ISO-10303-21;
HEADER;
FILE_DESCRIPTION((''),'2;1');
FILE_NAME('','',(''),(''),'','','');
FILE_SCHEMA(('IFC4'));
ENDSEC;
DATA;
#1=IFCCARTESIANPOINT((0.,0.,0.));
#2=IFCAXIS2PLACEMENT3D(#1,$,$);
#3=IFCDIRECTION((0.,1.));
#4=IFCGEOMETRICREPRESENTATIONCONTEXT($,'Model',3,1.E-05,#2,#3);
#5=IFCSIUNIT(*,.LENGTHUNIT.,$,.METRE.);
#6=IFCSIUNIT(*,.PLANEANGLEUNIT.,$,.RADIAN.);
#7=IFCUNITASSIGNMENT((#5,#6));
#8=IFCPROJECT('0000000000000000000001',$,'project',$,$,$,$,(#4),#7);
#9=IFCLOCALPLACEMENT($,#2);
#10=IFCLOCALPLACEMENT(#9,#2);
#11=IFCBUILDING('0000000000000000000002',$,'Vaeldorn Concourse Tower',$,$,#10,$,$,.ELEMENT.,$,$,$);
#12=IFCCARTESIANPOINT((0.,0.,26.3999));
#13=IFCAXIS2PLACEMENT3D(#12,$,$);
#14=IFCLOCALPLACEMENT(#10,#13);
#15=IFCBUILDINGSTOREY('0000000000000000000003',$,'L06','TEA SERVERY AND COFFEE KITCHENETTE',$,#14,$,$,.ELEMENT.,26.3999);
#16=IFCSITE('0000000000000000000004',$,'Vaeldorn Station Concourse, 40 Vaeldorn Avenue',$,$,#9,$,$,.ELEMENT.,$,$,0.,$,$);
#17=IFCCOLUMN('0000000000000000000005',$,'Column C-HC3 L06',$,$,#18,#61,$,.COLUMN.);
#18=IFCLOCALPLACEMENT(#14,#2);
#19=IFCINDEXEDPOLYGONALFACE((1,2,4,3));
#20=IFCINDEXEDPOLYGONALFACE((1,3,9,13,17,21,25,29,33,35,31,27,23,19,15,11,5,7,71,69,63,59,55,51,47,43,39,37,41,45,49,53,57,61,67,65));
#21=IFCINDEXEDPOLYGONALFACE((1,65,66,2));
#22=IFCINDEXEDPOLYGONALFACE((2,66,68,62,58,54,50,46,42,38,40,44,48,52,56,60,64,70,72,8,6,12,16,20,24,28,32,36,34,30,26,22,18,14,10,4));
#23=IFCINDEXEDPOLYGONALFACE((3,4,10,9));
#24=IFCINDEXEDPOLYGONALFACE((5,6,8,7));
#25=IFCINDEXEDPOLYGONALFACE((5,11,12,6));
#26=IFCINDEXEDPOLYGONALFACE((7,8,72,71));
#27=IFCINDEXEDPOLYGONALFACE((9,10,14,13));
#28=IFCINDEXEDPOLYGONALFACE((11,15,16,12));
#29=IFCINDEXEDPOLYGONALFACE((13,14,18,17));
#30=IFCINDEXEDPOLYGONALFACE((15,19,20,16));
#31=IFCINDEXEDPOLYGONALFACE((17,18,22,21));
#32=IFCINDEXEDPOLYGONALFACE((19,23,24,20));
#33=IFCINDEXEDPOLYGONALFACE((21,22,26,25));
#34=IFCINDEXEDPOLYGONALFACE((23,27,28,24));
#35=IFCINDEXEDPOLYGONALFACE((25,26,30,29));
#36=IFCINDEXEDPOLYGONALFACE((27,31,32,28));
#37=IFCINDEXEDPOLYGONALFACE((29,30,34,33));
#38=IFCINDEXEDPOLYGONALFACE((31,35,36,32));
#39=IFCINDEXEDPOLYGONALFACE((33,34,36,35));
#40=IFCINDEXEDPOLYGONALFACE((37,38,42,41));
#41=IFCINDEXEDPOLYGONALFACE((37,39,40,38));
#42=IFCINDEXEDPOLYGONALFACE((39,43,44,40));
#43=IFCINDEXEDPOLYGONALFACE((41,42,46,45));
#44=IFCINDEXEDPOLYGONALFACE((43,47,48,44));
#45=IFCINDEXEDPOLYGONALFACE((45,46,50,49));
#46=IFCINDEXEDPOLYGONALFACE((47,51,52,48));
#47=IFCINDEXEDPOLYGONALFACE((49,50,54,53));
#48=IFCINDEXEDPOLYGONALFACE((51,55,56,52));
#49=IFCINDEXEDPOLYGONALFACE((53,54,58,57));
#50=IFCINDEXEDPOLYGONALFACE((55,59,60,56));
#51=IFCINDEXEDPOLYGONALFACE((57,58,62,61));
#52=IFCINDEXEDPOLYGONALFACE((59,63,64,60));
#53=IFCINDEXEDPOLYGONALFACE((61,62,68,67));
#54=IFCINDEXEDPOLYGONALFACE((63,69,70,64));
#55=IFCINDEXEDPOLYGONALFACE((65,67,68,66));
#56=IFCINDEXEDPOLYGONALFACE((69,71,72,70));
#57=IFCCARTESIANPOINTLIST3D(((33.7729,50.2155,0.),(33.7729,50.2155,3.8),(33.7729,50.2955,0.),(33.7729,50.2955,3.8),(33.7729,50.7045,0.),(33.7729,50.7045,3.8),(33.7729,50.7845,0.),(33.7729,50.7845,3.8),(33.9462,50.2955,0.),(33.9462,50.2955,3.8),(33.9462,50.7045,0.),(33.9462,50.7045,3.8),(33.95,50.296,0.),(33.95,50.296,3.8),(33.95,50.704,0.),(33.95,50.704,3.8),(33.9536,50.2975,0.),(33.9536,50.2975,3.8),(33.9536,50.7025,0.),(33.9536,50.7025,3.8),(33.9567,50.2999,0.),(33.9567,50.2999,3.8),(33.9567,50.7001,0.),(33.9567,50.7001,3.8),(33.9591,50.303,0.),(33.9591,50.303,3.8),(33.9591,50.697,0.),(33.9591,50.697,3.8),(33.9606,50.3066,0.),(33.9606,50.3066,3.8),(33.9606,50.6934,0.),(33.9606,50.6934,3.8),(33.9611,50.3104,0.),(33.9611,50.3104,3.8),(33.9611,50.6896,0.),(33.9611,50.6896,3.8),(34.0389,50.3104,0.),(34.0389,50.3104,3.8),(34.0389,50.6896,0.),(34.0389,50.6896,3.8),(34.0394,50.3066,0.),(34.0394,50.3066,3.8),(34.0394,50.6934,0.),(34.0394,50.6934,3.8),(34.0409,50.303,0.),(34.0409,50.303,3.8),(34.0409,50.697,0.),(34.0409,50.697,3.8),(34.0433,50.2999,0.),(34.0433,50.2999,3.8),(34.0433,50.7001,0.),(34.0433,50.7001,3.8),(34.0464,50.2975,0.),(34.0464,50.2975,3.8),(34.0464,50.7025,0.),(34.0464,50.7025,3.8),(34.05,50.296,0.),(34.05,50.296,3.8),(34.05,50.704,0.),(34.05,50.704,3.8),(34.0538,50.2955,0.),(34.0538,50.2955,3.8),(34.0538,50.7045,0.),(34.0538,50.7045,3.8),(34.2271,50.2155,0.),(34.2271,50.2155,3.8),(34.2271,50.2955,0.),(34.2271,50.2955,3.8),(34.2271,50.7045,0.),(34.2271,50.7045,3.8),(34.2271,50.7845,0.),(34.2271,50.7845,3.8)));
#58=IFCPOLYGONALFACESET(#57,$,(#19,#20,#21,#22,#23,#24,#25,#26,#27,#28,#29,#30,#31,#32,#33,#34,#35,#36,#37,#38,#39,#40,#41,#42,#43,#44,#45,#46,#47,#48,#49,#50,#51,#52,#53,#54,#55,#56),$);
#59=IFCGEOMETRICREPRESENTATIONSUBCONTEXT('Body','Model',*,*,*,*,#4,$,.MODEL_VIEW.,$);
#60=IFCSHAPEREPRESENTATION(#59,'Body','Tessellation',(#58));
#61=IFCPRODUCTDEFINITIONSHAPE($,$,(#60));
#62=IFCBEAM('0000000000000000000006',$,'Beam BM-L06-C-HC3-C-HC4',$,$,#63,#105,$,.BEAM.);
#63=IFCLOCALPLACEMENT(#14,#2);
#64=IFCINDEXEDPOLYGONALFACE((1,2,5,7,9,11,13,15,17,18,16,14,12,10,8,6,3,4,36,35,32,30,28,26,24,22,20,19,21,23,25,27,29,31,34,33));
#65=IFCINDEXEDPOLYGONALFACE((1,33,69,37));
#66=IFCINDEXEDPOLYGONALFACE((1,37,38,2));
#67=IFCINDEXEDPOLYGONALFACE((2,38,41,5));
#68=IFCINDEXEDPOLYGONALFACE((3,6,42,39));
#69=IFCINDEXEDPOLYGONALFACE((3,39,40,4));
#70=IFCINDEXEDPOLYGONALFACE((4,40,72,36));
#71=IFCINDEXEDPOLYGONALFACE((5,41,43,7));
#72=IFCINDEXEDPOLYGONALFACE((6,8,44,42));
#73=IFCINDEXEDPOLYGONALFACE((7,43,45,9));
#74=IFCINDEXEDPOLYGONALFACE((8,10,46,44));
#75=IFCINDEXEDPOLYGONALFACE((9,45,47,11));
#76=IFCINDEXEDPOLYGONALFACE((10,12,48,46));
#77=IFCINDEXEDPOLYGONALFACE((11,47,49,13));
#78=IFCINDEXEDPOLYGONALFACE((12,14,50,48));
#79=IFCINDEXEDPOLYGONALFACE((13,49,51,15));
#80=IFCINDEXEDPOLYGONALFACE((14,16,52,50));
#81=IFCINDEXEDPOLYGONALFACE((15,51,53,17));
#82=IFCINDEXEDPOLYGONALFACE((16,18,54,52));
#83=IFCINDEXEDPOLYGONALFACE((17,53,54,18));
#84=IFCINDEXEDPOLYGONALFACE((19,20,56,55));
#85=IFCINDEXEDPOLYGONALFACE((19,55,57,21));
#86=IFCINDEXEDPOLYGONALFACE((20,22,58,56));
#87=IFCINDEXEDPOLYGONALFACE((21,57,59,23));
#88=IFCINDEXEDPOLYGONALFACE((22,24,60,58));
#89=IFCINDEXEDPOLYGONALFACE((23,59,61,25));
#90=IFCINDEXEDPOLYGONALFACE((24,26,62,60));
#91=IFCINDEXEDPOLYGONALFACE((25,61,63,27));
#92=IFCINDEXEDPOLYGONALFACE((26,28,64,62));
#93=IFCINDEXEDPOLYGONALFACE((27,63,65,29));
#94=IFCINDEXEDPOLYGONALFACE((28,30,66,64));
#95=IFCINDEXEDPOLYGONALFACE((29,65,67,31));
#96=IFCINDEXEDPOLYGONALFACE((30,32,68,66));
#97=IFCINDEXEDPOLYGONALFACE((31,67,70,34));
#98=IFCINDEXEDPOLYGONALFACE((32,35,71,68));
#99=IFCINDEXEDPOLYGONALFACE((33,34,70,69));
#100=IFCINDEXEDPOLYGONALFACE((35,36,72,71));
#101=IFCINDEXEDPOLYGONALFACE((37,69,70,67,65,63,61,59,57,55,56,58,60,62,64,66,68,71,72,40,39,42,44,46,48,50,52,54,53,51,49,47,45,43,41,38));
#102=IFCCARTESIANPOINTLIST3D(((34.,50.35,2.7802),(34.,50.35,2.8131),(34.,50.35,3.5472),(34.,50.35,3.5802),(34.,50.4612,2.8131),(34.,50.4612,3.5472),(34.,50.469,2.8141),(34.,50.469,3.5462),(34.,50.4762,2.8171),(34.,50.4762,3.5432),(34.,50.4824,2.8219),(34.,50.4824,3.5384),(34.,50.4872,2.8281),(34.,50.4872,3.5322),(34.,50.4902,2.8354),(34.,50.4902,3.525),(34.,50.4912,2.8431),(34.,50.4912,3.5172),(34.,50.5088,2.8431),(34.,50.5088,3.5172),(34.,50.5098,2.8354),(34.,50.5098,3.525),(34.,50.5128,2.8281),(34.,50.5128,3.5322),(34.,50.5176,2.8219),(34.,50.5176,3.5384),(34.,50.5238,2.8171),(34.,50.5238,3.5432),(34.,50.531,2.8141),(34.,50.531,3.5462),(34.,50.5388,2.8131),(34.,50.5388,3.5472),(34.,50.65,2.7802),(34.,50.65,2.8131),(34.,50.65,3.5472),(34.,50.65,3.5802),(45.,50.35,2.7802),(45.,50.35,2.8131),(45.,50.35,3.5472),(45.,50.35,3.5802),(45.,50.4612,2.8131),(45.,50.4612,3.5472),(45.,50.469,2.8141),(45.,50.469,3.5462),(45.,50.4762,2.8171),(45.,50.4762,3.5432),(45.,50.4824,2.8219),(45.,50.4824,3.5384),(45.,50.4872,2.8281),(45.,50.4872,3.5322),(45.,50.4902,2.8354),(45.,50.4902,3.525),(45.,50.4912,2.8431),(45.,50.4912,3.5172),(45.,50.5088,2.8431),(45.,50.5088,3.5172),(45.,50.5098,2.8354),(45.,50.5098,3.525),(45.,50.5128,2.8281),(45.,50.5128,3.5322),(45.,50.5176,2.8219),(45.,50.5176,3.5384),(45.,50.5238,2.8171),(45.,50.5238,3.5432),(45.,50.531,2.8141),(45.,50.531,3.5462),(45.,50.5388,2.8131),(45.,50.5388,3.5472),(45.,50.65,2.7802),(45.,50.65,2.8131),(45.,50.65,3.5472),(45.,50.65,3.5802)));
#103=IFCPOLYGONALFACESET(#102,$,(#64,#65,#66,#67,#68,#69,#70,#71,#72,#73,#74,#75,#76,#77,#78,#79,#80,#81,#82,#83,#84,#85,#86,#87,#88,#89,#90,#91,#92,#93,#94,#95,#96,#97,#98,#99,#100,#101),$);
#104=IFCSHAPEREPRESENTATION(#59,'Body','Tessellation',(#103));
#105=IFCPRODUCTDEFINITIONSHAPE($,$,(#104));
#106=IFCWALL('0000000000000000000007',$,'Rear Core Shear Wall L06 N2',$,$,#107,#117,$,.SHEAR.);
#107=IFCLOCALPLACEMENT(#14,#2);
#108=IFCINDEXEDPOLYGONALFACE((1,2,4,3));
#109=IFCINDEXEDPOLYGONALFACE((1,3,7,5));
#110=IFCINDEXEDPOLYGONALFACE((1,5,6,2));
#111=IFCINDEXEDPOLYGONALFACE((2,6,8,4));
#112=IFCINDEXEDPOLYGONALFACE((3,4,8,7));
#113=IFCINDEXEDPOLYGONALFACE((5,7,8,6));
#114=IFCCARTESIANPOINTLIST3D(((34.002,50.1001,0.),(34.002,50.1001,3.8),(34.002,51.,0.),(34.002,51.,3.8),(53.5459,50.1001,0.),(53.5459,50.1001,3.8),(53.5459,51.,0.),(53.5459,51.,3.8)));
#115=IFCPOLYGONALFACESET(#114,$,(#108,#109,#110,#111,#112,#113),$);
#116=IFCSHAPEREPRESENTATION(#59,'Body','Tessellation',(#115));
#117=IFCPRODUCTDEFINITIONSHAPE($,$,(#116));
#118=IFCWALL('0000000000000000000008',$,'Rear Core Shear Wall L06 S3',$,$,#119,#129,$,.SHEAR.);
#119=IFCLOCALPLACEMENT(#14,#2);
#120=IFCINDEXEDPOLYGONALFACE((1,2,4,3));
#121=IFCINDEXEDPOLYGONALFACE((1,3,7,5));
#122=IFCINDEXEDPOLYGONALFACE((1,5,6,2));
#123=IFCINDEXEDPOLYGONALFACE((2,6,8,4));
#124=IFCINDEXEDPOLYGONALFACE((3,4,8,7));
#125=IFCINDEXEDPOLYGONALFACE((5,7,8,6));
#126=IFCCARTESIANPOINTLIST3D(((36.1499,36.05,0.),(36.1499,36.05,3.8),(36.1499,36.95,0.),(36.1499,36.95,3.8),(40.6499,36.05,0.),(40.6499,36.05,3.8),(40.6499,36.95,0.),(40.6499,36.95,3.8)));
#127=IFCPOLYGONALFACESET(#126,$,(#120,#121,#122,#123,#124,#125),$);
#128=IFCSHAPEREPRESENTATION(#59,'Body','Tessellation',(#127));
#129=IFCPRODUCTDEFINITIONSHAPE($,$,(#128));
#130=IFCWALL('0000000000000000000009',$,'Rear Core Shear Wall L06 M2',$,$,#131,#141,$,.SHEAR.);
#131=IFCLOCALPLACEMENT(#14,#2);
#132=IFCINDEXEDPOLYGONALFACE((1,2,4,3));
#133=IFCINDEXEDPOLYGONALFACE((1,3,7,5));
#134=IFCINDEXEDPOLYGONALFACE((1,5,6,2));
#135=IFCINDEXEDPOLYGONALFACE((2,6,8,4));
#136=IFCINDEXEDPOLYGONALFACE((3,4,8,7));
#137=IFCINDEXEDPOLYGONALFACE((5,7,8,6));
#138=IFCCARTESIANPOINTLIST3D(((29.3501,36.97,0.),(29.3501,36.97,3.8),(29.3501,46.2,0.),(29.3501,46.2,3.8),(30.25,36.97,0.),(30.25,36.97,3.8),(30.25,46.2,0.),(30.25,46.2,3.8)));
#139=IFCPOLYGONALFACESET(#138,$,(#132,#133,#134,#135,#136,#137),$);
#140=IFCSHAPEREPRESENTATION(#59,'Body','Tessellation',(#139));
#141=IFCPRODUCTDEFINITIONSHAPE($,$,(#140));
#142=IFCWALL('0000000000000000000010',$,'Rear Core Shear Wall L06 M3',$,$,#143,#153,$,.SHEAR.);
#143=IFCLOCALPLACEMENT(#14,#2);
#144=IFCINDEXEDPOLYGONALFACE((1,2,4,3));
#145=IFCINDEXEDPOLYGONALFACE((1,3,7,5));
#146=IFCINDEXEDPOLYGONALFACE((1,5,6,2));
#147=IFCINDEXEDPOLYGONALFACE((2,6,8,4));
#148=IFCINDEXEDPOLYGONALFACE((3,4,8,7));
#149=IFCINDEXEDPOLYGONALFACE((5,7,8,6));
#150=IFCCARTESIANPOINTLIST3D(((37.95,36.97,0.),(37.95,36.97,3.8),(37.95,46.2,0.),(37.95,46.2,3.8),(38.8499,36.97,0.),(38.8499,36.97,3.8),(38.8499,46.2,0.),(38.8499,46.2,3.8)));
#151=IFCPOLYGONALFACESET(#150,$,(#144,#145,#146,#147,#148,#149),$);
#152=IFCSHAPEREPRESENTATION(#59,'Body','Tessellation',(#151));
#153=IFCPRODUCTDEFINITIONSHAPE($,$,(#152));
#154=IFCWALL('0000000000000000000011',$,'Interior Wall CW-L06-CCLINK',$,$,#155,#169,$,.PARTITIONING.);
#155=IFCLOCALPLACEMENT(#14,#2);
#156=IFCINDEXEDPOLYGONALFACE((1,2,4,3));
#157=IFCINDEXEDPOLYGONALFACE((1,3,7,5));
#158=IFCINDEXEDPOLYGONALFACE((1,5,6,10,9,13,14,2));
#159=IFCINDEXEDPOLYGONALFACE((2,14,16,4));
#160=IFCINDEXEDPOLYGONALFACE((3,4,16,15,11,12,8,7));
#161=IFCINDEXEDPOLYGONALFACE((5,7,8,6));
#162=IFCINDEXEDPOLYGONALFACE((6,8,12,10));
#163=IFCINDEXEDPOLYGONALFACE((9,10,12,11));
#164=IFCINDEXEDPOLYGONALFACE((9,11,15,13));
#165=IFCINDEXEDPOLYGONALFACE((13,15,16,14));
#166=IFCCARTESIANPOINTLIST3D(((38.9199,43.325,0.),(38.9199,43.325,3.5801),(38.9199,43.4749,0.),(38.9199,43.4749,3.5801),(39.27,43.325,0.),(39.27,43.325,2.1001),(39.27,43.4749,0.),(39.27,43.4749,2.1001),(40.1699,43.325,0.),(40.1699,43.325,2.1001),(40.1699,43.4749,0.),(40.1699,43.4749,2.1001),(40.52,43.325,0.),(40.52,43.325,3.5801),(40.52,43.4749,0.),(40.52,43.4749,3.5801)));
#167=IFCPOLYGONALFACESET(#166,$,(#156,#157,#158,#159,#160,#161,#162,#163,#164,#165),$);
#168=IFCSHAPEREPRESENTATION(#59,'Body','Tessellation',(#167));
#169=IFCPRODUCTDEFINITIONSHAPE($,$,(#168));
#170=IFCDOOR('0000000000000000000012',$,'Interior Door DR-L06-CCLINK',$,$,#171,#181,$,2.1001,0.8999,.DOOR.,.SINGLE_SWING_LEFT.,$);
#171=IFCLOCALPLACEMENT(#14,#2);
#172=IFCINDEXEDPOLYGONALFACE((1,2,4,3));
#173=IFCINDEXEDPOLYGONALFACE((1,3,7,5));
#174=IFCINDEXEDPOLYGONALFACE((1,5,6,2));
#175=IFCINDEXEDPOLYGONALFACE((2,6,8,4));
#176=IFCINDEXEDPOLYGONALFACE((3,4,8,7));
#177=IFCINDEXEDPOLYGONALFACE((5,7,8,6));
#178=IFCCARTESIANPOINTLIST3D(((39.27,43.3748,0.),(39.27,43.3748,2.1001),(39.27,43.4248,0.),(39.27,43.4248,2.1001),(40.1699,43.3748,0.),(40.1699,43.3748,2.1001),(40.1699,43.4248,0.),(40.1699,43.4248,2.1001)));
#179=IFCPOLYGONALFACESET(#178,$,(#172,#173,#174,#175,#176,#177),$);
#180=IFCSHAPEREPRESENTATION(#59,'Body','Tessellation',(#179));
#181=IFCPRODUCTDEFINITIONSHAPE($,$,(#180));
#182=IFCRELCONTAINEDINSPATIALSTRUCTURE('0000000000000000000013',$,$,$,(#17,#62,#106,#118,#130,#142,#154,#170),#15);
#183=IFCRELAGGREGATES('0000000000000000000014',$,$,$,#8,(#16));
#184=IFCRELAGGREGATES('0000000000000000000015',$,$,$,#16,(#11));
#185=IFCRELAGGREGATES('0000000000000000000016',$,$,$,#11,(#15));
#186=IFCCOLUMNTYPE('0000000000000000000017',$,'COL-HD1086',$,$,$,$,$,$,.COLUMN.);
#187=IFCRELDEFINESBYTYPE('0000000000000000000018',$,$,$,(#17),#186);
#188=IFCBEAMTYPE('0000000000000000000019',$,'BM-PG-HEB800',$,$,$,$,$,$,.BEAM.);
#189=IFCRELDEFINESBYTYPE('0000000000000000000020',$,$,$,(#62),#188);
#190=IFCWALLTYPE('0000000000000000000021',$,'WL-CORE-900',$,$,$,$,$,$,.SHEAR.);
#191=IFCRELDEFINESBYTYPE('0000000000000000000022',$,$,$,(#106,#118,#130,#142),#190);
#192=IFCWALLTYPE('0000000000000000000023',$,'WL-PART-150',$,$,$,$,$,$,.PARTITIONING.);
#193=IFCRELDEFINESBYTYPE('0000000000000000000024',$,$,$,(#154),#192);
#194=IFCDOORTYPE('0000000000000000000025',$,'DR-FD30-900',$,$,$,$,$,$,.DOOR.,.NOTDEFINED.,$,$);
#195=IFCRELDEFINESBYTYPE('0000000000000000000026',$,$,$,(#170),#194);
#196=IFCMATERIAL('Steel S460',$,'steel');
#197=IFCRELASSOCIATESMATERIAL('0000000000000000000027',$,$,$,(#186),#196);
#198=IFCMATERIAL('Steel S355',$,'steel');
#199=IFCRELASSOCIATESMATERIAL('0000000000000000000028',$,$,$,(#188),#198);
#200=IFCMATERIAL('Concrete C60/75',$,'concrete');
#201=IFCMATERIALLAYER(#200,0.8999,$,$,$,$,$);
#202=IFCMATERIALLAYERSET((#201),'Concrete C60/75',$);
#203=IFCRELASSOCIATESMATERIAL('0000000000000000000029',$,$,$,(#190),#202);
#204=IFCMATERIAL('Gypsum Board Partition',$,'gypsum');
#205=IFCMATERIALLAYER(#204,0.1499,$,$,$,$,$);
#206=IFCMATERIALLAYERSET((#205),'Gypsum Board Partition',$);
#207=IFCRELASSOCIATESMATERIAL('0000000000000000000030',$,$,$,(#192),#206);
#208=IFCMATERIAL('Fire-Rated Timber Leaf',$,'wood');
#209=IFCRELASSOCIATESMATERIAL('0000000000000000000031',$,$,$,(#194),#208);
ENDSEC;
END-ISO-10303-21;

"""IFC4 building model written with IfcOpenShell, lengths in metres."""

from ifc_helpers import new_model, si_unit, direction, frame, frame_2d, origin, origin_2d, place, context, subcontext, project, spatial, rectangle, i_section, extrude, source, transform, mapped, material, layer, layer_set, material_profile, profile_set, type_object, element, fill, save


model = new_model("IFC4")

# Units and contexts
model_context = context("Model", 3, precision=1e-05, world=origin(), true_north=direction((0.0, 1.0)))
body_context = subcontext(model_context, "Body", "Model", "MODEL_VIEW")
ifc_project = project(units=[si_unit("LENGTHUNIT", "METRE"), si_unit("PLANEANGLEUNIT", "RADIAN")], contexts=[model_context])

# Site, building, storey
site_placement = place(None, origin())
site = spatial("IfcSite", under=ifc_project, at=site_placement, Name="Vaeldorn Station Concourse, 40 Vaeldorn Avenue", CompositionType="ELEMENT", RefElevation=0.0)
building_placement = place(site_placement, origin())
building = spatial("IfcBuilding", under=site, at=building_placement, Name="Vaeldorn Concourse Tower", CompositionType="ELEMENT")
storey_placement = place(building_placement, frame((0.0, 0.0, 26.3999)))
storey = spatial("IfcBuildingStorey", under=building, at=storey_placement, Name="L06", Description="TEA SERVERY AND COFFEE KITCHENETTE", CompositionType="ELEMENT", Elevation=26.3999)

# Column
ifc_material_1 = material(Name="Steel S460", Category="steel")
ifc_material_profile_1 = material_profile(ifc_material_1, i_section(OverallWidth=0.4541, OverallDepth=0.5691, WebThickness=0.0779, FlangeThickness=0.0801, FilletRadius=0.0149, at=origin_2d()), Name="HD 400x1086")
ifc_profile_set_1 = profile_set([ifc_material_profile_1], Name="Steel S460")
column_type = type_object("IfcColumnType", Name="COL-HD1086", PredefinedType="COLUMN", material=ifc_profile_set_1)
shared_shape_1 = source(origin(), body_context, "Body", "SweptSolid", [
    extrude(i_section(OverallWidth=0.4541, OverallDepth=0.5691, WebThickness=0.0779, FlangeThickness=0.0801, FilletRadius=0.0149, at=origin_2d()), origin(), (0.0, 0.0, 1.0), 3.8),
])
column_placement = place(storey_placement, frame((34.0, 50.5, 0.0), z_axis=(0.0, 0.0, 1.0), x_axis=(1.0, 0.0, 0.0)))
element("IfcColumn", 1, at=column_placement, inside=storey, type_object=column_type, Name="Column C-HC3 L06", PredefinedType="COLUMN", context=body_context, shape_type="MappedRepresentation", body=[
    mapped(shared_shape_1, transform((0.0, 0.0, 0.0), scale=1.0)),
])

# Beam
ifc_material_2 = material(Name="Steel S355", Category="steel")
ifc_material_profile_2 = material_profile(ifc_material_2, i_section(OverallWidth=0.3, OverallDepth=0.8, WebThickness=0.0176, FlangeThickness=0.033, FilletRadius=0.03, at=origin_2d()), Name="HEB 800")
ifc_profile_set_2 = profile_set([ifc_material_profile_2], Name="Steel S355")
beam_type = type_object("IfcBeamType", Name="BM-PG-HEB800", PredefinedType="BEAM", material=ifc_profile_set_2)
shared_shape_2 = source(origin(), body_context, "Body", "SweptSolid", [
    extrude(i_section(OverallWidth=0.3, OverallDepth=0.8, WebThickness=0.0176, FlangeThickness=0.033, FilletRadius=0.03, at=origin_2d()), origin(), (0.0, 0.0, 1.0), 11.0),
])
beam_placement = place(storey_placement, frame((34.0, 50.5, 3.1802), z_axis=(1.0, 0.0, 0.0), x_axis=(0.0, 1.0, 0.0)))
element("IfcBeam", 2, at=beam_placement, inside=storey, type_object=beam_type, Name="Beam BM-L06-C-HC3-C-HC4", PredefinedType="BEAM", context=body_context, shape_type="MappedRepresentation", body=[
    mapped(shared_shape_2, transform((0.0, 0.0, 0.0), scale=1.0)),
])

# Walls
ifc_material_3 = material(Name="Concrete C60/75", Category="concrete")
ifc_layer_1 = layer(ifc_material_3, 0.8999)
ifc_layer_set_1 = layer_set([ifc_layer_1], Name="Concrete C60/75")
wall_type_1 = type_object("IfcWallType", Name="WL-CORE-900", PredefinedType="SHEAR", material=ifc_layer_set_1)
wall_1_placement = place(storey_placement, frame((34.002, 50.55, 0.0), z_axis=(0.0, 0.0, 1.0), x_axis=(1.0, 0.0, 0.0)))
element("IfcWall", 3, at=wall_1_placement, inside=storey, type_object=wall_type_1, Name="Rear Core Shear Wall L06 N2", PredefinedType="SHEAR", context=body_context, shape_type="SweptSolid", body=[
    extrude(rectangle(XDim=19.5439, YDim=0.8999, at=frame_2d((9.772, 0.0))), origin(), (0.0, 0.0, 1.0), 3.8),
])
wall_2_placement = place(storey_placement, frame((36.1499, 36.5, 0.0), z_axis=(0.0, 0.0, 1.0), x_axis=(1.0, 0.0, 0.0)))
element("IfcWall", 4, at=wall_2_placement, inside=storey, type_object=wall_type_1, Name="Rear Core Shear Wall L06 S3", PredefinedType="SHEAR", context=body_context, shape_type="SweptSolid", body=[
    extrude(rectangle(XDim=4.5, YDim=0.8999, at=frame_2d((2.25, 0.0))), origin(), (0.0, 0.0, 1.0), 3.8),
])
for number, where, z_axis, x_axis, name in (
    (5, (29.8, 36.97, 0.0), (0.0, 0.0, 1.0), (0.0, 1.0, 0.0), "Rear Core Shear Wall L06 M2"),
    (6, (38.3999, 36.97, 0.0), (0.0, 0.0, 1.0), (0.0, 1.0, 0.0), "Rear Core Shear Wall L06 M3"),
):
    element("IfcWall", number, at=place(storey_placement, frame(where, z_axis=z_axis, x_axis=x_axis)), inside=storey, type_object=wall_type_1, Name=name, PredefinedType="SHEAR", context=body_context, shape_type="SweptSolid", body=[
        extrude(rectangle(XDim=9.23, YDim=0.8999, at=frame_2d((4.615, 0.0))), origin(), (0.0, 0.0, 1.0), 3.8),
    ])

# Wall, opening, door
ifc_material_4 = material(Name="Gypsum Board Partition", Category="gypsum")
ifc_layer_2 = layer(ifc_material_4, 0.1499)
ifc_layer_set_2 = layer_set([ifc_layer_2], Name="Gypsum Board Partition")
wall_type_2 = type_object("IfcWallType", Name="WL-PART-150", PredefinedType="PARTITIONING", material=ifc_layer_set_2)
wall_3_placement = place(storey_placement, frame((38.9199, 43.3999, 0.0), z_axis=(0.0, 0.0, 1.0), x_axis=(1.0, 0.0, 0.0)))
wall_3 = element("IfcWall", 7, at=wall_3_placement, inside=storey, type_object=wall_type_2, Name="Interior Wall CW-L06-CCLINK", PredefinedType="PARTITIONING", context=body_context, shape_type="SweptSolid", body=[
    extrude(rectangle(XDim=1.6001, YDim=0.1499, at=frame_2d((0.8, 0.0))), origin(), (0.0, 0.0, 1.0), 3.5801),
])
opening_placement = place(wall_3_placement, frame((0.3501, 0.0, 0.0)))
opening = element("IfcOpeningElement", 8, at=opening_placement, cuts=wall_3, PredefinedType="OPENING", context=body_context, shape_type="SweptSolid", body=[
    extrude(rectangle(XDim=0.8999, YDim=2.1001, at=frame_2d((0.45, 1.05))), frame((0.0, 0.085, 0.0), z_axis=(0.0, -1.0, 0.0), x_axis=(1.0, 0.0, 0.0)), (0.0, 0.0, 1.0), 0.1699),
])
ifc_material_5 = material(Name="Fire-Rated Timber Leaf", Category="wood")
door_type = type_object("IfcDoorType", Name="DR-FD30-900", OperationType="NOTDEFINED", PredefinedType="DOOR", material=ifc_material_5)
shared_shape_3 = source(origin(), body_context, "Body", "SweptSolid", [
    extrude(rectangle(XDim=0.8999, YDim=2.1001, at=frame_2d((0.45, 1.05))), frame((0.0, 0.0249, 0.0), z_axis=(0.0, -1.0, 0.0), x_axis=(1.0, 0.0, 0.0)), (0.0, 0.0, 1.0), 0.05),
])
door_placement = place(opening_placement, origin())
door = element("IfcDoor", 9, at=door_placement, inside=storey, type_object=door_type, Name="Interior Door DR-L06-CCLINK", OperationType="SINGLE_SWING_LEFT", OverallHeight=2.1001, OverallWidth=0.8999, PredefinedType="DOOR", context=body_context, shape_type="MappedRepresentation", body=[
    mapped(shared_shape_3, transform((0.0, 0.0, 0.0), scale=1.0)),
])
fill(opening, door)

save(model, "model.ifc")
